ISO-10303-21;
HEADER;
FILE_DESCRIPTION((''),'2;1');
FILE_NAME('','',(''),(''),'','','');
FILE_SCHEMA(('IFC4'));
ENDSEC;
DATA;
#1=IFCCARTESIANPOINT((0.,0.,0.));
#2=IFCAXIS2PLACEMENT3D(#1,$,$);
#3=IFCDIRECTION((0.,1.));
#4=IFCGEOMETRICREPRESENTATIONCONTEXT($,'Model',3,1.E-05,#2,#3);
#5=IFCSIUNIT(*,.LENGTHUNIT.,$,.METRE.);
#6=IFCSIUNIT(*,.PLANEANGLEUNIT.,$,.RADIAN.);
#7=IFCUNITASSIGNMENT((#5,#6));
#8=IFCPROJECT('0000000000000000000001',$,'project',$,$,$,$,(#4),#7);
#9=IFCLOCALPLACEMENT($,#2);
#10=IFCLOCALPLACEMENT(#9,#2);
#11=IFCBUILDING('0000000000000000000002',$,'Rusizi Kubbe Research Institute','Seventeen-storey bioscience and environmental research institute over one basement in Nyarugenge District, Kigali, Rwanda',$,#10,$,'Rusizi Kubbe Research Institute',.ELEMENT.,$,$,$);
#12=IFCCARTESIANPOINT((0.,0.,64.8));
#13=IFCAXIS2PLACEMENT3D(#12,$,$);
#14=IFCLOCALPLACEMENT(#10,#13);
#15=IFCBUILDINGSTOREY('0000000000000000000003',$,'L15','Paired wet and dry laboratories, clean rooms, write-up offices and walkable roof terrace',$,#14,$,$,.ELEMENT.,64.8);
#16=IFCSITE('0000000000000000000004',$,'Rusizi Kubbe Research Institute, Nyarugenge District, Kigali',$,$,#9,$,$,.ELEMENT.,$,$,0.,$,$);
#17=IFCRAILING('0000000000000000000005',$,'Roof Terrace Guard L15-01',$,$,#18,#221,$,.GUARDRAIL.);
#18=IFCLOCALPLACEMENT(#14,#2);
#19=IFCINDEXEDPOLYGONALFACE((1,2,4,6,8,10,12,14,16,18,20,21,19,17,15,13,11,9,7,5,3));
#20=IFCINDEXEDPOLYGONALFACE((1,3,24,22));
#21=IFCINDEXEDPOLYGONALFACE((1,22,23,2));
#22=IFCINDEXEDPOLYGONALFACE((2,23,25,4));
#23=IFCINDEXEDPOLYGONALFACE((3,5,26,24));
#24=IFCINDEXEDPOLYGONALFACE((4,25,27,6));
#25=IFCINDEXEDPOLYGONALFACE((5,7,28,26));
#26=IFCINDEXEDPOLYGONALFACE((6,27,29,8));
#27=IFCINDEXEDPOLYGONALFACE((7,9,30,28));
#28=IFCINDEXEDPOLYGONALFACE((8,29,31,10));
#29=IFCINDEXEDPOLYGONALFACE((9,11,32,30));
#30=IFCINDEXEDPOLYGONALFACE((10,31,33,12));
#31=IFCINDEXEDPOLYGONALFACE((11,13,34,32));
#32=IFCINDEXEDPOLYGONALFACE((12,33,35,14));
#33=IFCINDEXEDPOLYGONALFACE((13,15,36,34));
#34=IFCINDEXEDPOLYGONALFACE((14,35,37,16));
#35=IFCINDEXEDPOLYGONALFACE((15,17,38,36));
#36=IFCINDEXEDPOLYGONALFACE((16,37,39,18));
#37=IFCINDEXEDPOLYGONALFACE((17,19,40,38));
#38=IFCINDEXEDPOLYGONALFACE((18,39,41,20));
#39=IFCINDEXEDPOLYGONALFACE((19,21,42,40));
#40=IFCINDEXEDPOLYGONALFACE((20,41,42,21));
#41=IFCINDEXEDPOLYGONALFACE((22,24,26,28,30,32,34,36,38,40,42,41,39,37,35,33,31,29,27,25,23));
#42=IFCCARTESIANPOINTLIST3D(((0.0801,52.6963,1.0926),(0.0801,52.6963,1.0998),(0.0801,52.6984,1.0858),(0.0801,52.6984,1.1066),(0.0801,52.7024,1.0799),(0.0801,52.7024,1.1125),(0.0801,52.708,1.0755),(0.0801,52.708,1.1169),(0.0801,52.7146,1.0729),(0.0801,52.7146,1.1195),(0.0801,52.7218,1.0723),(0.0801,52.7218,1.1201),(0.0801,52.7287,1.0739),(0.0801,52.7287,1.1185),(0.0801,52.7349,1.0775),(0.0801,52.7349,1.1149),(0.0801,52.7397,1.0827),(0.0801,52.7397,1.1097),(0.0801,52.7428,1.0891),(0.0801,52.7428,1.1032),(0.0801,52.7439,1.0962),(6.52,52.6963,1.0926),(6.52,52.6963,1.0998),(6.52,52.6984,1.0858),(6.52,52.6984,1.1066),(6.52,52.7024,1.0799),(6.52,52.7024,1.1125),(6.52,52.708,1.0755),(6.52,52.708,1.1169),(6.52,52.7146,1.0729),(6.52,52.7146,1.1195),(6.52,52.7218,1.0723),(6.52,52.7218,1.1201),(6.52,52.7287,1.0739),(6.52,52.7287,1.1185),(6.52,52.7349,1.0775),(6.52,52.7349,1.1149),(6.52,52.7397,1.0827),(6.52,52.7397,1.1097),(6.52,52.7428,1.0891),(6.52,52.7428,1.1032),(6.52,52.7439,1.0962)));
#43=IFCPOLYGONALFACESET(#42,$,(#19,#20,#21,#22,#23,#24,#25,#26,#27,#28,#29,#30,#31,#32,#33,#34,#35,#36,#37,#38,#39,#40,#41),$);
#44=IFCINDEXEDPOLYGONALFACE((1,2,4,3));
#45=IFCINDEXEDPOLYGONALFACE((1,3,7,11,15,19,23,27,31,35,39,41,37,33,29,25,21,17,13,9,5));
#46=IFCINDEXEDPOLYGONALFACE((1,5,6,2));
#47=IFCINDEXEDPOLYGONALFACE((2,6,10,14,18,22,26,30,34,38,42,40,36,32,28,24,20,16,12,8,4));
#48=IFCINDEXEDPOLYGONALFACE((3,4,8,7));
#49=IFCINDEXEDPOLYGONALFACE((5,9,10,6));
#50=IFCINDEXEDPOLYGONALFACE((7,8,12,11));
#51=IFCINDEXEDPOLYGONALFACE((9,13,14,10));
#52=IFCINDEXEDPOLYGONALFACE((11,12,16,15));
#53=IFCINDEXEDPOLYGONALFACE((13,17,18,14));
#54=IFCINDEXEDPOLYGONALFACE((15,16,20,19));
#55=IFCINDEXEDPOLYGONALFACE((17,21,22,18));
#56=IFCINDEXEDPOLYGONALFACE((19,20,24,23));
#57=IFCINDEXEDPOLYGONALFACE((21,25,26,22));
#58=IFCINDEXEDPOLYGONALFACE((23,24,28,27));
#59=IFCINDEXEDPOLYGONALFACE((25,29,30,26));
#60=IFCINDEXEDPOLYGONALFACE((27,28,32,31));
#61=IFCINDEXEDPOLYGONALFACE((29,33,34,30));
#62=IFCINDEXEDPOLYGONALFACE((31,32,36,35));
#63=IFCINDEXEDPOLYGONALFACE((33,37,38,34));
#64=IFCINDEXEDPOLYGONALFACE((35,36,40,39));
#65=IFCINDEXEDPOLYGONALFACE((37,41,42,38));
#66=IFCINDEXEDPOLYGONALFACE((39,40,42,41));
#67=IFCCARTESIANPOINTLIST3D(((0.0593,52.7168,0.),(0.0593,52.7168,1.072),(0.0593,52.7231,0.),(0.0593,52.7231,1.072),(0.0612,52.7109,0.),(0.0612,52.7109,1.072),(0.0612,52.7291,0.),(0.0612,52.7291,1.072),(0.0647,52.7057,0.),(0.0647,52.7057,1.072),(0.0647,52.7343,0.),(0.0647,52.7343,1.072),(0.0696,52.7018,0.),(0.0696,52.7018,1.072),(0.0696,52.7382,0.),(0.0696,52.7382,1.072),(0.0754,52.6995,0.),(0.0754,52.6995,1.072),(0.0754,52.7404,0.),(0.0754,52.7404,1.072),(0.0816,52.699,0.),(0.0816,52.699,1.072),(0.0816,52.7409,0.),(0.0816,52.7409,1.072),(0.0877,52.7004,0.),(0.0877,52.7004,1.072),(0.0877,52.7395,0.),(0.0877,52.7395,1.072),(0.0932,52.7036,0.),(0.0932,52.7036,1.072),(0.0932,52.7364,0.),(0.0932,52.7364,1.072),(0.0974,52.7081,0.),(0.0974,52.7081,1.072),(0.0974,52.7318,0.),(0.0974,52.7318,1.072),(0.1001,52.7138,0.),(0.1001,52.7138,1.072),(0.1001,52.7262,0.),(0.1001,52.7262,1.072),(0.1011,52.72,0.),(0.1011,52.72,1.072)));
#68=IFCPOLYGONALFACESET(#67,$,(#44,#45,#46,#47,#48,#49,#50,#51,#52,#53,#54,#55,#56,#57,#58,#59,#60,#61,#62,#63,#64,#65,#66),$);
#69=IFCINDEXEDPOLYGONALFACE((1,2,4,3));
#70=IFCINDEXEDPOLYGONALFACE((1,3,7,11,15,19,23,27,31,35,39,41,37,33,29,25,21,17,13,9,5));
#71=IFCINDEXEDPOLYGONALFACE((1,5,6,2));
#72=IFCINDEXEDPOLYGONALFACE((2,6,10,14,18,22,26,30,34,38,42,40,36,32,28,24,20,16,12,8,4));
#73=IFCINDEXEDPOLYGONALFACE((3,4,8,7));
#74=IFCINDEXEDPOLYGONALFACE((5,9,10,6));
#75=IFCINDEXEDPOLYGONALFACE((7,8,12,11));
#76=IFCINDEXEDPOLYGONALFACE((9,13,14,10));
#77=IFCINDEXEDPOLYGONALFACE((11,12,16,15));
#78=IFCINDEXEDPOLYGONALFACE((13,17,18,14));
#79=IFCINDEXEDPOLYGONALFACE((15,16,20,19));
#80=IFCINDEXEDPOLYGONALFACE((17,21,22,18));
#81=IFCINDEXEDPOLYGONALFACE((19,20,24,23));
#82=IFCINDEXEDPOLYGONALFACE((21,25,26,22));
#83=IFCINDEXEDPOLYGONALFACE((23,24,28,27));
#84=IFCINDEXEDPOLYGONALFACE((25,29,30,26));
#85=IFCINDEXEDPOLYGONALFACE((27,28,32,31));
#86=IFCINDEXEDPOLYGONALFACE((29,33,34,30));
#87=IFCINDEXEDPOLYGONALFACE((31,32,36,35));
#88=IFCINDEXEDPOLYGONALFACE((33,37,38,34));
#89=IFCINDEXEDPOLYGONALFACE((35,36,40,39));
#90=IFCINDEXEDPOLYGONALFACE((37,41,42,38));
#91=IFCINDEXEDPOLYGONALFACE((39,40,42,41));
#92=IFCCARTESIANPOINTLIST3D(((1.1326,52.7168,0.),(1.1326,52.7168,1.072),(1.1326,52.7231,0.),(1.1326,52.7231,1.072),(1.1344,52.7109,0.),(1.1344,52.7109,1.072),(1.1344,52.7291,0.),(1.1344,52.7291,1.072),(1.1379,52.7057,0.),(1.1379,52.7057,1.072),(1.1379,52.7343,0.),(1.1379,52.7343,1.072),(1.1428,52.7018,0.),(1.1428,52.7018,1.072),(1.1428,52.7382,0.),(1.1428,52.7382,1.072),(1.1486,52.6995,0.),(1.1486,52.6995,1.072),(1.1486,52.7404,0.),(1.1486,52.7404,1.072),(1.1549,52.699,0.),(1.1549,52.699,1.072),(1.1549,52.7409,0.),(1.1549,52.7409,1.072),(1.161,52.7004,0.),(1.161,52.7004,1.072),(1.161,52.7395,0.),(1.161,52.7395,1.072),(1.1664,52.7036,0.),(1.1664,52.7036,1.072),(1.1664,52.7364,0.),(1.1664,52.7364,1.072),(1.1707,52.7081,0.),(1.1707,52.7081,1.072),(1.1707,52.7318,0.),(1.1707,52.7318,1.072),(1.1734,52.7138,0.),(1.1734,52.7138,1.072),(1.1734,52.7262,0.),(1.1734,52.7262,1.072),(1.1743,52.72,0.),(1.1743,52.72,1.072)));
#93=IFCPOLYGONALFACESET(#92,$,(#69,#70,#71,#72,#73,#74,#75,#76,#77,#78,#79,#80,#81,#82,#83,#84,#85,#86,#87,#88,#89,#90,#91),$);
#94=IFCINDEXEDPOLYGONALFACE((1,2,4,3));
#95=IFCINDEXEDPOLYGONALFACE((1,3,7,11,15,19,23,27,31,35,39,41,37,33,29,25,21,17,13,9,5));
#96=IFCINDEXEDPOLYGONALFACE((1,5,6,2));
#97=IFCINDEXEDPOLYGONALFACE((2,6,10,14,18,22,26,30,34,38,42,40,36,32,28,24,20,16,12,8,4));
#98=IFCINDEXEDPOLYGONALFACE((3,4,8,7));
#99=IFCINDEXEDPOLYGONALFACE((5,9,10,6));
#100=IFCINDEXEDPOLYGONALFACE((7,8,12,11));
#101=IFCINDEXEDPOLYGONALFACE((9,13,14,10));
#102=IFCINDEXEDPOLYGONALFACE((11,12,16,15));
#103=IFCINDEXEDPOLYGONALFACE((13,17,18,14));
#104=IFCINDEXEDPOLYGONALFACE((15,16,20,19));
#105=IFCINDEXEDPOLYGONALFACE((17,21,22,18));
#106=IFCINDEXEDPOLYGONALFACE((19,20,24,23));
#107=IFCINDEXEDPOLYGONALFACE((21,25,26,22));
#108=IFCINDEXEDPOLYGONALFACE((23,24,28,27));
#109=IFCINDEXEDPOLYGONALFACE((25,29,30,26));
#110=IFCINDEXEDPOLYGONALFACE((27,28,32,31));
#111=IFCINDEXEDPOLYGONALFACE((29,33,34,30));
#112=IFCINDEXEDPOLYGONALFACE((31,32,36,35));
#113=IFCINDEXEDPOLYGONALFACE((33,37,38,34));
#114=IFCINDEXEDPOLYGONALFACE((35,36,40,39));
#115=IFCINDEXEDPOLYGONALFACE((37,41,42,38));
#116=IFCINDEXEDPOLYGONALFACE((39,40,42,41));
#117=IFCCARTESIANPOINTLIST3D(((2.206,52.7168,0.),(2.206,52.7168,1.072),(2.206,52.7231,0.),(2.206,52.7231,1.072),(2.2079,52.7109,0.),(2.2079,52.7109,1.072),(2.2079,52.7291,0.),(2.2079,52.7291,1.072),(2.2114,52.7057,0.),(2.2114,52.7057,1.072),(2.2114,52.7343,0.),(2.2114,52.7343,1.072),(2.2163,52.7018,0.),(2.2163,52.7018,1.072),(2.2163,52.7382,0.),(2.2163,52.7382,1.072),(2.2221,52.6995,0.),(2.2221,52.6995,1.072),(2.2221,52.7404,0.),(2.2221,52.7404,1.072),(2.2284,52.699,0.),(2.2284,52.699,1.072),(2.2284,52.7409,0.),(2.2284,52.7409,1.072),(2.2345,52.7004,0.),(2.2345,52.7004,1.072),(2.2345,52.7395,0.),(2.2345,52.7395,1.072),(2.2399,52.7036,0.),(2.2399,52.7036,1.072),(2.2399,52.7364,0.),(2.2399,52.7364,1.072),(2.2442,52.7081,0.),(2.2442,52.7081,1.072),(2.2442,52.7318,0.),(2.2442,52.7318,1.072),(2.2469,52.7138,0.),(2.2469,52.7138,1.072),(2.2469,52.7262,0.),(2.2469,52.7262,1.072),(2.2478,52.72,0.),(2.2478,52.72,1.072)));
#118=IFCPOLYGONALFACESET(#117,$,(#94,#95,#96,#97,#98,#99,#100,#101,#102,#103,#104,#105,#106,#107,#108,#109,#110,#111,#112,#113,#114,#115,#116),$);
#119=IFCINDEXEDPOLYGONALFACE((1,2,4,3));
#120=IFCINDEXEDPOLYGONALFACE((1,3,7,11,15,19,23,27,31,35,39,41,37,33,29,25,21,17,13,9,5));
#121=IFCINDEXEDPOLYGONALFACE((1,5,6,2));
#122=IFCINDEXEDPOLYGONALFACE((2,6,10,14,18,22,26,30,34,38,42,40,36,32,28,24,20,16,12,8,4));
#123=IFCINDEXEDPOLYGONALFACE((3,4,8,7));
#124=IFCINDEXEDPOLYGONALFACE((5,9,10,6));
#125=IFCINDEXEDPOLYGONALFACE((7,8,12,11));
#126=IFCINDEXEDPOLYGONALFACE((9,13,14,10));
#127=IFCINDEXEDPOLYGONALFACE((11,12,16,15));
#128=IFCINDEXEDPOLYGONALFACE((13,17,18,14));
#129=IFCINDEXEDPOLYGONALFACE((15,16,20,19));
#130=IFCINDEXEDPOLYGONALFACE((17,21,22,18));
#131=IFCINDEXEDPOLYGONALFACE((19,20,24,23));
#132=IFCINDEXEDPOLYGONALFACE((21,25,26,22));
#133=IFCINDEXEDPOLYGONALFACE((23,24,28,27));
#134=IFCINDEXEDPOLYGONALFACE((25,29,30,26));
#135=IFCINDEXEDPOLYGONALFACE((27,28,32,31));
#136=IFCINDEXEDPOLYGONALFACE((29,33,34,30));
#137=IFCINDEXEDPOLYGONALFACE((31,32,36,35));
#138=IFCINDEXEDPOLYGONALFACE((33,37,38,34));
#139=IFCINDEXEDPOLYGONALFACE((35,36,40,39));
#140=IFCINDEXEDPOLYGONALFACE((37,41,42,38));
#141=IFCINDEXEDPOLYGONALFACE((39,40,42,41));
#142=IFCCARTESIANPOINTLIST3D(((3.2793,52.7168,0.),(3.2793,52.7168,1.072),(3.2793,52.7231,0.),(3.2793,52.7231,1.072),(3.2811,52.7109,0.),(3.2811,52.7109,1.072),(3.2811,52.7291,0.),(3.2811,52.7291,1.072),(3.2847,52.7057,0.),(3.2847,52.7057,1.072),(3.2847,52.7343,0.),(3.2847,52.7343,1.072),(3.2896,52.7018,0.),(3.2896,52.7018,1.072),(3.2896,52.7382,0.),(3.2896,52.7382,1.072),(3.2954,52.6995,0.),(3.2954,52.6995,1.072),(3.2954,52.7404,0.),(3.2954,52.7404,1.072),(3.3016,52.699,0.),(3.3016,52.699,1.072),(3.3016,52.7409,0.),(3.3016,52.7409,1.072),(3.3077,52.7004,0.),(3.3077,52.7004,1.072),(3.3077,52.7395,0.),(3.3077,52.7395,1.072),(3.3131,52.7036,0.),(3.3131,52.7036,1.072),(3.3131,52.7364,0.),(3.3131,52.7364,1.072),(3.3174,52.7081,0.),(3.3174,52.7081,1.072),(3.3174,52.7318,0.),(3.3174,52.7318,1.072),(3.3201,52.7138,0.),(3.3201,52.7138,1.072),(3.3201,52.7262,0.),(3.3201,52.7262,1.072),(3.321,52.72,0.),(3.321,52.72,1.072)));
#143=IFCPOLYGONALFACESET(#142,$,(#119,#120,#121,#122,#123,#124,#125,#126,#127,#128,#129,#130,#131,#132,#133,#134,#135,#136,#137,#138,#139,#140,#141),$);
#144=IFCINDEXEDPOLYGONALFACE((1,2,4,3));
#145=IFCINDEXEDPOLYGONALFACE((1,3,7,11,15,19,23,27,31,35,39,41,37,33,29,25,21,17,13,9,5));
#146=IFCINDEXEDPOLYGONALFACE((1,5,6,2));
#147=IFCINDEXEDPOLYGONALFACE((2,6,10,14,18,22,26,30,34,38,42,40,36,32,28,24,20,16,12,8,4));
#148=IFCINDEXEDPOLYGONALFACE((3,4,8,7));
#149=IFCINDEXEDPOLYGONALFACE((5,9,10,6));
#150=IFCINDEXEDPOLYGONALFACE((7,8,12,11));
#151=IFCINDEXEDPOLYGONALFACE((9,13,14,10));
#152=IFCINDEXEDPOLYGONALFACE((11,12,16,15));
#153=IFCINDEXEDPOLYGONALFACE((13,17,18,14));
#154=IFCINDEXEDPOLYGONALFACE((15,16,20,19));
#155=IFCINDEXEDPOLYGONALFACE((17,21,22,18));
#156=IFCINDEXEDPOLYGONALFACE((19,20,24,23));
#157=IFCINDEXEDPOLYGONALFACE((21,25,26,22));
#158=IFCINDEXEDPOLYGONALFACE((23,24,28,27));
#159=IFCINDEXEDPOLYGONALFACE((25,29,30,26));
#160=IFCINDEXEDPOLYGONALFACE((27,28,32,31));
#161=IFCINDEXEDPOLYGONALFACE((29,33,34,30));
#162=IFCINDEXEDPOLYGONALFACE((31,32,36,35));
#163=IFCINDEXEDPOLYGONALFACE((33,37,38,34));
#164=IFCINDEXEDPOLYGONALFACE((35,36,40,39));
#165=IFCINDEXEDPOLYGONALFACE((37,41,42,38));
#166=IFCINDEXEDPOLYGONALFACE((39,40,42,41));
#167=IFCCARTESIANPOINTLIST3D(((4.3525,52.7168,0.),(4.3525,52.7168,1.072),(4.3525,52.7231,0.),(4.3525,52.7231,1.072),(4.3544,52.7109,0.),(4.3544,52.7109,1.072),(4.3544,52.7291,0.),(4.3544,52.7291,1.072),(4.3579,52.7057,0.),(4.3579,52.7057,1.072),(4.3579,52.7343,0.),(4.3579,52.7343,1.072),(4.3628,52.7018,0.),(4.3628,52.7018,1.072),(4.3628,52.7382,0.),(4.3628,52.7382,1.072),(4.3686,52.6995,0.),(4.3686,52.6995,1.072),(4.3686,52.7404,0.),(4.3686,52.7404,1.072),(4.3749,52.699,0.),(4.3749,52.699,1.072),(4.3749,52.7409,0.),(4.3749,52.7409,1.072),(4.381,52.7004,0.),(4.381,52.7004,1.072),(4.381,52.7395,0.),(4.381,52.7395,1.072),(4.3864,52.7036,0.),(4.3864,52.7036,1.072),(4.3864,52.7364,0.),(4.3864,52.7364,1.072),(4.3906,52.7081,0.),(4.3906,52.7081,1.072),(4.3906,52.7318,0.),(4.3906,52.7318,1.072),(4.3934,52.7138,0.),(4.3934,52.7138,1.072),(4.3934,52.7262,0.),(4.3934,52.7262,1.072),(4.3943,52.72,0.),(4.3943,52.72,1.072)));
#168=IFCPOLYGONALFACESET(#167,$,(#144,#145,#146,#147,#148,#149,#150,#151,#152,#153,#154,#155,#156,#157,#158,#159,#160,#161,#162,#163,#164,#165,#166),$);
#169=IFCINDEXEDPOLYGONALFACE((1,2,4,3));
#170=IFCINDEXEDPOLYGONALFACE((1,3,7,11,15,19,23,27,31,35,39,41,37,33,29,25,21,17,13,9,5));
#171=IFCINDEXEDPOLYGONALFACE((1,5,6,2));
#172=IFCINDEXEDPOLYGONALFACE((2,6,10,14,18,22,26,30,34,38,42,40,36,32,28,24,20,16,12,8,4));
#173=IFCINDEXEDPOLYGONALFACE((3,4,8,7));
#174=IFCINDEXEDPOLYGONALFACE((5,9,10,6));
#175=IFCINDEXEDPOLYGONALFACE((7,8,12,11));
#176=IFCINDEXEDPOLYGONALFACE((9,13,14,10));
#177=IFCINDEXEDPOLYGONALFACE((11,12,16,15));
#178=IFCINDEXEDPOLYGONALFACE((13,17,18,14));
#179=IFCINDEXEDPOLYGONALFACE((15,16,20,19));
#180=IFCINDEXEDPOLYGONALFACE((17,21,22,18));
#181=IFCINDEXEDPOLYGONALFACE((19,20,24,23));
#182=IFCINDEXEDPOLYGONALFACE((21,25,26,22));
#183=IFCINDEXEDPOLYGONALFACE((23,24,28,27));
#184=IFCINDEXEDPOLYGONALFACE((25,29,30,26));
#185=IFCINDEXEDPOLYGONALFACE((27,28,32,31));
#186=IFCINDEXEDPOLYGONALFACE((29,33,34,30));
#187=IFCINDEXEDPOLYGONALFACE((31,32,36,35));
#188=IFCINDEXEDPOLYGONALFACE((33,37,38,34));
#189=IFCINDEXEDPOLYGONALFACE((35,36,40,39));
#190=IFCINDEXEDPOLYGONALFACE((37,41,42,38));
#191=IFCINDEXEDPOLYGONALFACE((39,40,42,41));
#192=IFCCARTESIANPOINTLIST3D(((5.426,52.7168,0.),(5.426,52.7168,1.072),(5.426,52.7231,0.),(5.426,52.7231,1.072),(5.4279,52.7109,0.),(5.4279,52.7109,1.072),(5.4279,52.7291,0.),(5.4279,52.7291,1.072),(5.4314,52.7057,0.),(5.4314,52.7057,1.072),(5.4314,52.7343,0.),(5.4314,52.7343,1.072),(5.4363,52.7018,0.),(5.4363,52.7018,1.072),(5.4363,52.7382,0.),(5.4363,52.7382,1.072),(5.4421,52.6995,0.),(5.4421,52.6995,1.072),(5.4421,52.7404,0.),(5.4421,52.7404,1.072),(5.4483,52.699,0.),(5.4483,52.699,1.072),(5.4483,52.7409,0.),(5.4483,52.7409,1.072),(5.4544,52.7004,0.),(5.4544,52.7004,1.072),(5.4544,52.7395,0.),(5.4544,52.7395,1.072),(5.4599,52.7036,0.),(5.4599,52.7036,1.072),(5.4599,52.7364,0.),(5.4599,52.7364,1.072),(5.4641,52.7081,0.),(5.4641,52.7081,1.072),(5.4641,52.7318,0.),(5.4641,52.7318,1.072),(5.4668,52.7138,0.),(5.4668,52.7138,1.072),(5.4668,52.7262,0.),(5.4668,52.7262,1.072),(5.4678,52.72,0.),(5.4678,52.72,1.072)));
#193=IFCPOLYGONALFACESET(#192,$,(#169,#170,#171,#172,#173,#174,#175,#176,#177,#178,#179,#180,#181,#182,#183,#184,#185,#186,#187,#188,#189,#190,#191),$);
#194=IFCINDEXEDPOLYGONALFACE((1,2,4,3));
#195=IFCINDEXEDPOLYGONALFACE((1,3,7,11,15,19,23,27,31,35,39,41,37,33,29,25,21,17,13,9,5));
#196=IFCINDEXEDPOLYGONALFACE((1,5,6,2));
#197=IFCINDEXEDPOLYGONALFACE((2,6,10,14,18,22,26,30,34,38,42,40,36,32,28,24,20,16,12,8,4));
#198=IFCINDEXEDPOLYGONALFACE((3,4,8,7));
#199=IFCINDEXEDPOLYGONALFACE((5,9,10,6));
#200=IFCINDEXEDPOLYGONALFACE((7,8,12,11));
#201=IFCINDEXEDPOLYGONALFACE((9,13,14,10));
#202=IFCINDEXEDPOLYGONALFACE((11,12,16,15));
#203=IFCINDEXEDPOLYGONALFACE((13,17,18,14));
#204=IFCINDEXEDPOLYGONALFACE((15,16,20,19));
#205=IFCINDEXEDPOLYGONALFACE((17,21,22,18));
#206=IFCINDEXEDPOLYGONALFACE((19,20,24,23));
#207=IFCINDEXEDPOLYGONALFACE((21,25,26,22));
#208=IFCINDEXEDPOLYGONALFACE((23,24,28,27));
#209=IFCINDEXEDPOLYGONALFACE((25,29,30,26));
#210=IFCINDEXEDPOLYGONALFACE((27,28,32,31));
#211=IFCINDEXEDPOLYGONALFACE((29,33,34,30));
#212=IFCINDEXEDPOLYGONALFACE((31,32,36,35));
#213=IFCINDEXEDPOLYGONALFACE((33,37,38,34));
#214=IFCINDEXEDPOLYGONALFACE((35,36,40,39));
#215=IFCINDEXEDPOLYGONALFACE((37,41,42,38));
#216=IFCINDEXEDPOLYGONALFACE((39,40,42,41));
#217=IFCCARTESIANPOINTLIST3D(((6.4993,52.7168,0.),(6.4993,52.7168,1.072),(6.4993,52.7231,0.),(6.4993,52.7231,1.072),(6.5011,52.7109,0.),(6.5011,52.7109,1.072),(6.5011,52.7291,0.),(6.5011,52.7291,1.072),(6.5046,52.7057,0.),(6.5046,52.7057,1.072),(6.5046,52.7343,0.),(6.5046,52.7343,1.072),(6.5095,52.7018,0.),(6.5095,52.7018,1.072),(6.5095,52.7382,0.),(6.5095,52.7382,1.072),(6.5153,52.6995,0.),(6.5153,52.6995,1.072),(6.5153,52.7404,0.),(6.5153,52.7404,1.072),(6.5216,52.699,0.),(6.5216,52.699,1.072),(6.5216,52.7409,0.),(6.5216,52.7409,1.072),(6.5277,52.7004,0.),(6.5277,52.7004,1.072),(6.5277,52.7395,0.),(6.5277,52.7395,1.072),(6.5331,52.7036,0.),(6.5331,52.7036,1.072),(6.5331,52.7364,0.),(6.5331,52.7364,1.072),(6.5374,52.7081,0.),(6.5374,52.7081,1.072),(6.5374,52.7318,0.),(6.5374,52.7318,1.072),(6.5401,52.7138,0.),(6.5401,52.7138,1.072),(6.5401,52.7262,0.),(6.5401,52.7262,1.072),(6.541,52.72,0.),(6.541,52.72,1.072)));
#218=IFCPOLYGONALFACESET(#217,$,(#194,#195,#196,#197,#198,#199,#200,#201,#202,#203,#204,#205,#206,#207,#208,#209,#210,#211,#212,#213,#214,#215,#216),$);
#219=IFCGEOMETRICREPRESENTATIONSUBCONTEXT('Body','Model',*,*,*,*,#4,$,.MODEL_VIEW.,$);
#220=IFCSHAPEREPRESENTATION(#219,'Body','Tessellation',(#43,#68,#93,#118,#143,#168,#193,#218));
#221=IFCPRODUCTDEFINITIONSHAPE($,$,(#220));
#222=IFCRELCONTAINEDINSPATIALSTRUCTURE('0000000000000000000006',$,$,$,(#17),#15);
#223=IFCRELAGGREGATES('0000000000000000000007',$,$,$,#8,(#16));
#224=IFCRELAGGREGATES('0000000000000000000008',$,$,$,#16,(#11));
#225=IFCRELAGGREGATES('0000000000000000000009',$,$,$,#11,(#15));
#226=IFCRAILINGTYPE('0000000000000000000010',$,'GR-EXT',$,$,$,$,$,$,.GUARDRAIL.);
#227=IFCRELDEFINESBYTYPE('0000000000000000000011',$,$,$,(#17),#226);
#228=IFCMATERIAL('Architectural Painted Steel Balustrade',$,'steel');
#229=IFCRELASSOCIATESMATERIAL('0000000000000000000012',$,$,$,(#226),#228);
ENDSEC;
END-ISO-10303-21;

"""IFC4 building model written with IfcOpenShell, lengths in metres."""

from ifc_helpers import new_model, si_unit, direction, frame, origin, origin_2d, place, context, subcontext, project, spatial, circle, extrude, material, type_object, element, save


model = new_model("IFC4")

# Units and contexts
model_context = context("Model", 3, precision=1e-05, world=origin(), true_north=direction((0.0, 1.0)))
body_context = subcontext(model_context, "Body", "Model", "MODEL_VIEW")
ifc_project = project(units=[si_unit("LENGTHUNIT", "METRE"), si_unit("PLANEANGLEUNIT", "RADIAN")], contexts=[model_context])

# Site, building, storey
site_placement = place(None, origin())
site = spatial("IfcSite", under=ifc_project, at=site_placement, Name="Rusizi Kubbe Research Institute, Nyarugenge District, Kigali", CompositionType="ELEMENT", RefElevation=0.0)
building_placement = place(site_placement, origin())
building = spatial("IfcBuilding", under=site, at=building_placement, Name="Rusizi Kubbe Research Institute", Description="Seventeen-storey bioscience and environmental research institute over one basement in Nyarugenge District, Kigali, Rwanda", LongName="Rusizi Kubbe Research Institute", CompositionType="ELEMENT")
storey_placement = place(building_placement, frame((0.0, 0.0, 64.8)))
storey = spatial("IfcBuildingStorey", under=building, at=storey_placement, Name="L15", Description="Paired wet and dry laboratories, clean rooms, write-up offices and walkable roof terrace", CompositionType="ELEMENT", Elevation=64.8)

# Railing
ifc_material_1 = material(Name="Architectural Painted Steel Balustrade", Category="steel")
railing_type = type_object("IfcRailingType", Name="GR-EXT", PredefinedType="GUARDRAIL", material=ifc_material_1)
railing_1_placement = place(storey_placement, frame((0.0801, 52.72, 0.0)))
element("IfcRailing", 1, at=railing_1_placement, inside=storey, type_object=railing_type, Name="Roof Terrace Guard L15-01", PredefinedType="GUARDRAIL", context=body_context, shape_type="SweptSolid", body=[
    extrude(circle(Radius=0.0239, at=origin_2d()), frame((0.0, 0.0, 1.0962), z_axis=(1.0, 0.0, 0.0), x_axis=(0.0, 1.0, 0.0)), (0.0, 0.0, 1.0), 6.4399),
    extrude(circle(Radius=0.021, at=origin_2d()), origin(), (0.0, 0.0, 1.0), 1.072),
    extrude(circle(Radius=0.021, at=origin_2d()), frame((1.0732, 0.0, 0.0)), (0.0, 0.0, 1.0), 1.072),
    extrude(circle(Radius=0.021, at=origin_2d()), frame((2.1467, 0.0, 0.0)), (0.0, 0.0, 1.0), 1.072),
    extrude(circle(Radius=0.021, at=origin_2d()), frame((3.22, 0.0, 0.0)), (0.0, 0.0, 1.0), 1.072),
    extrude(circle(Radius=0.021, at=origin_2d()), frame((4.2932, 0.0, 0.0)), (0.0, 0.0, 1.0), 1.072),
    extrude(circle(Radius=0.021, at=origin_2d()), frame((5.3667, 0.0, 0.0)), (0.0, 0.0, 1.0), 1.072),
    extrude(circle(Radius=0.021, at=origin_2d()), frame((6.4399, 0.0, 0.0)), (0.0, 0.0, 1.0), 1.072),
])

save(model, "model.ifc")
